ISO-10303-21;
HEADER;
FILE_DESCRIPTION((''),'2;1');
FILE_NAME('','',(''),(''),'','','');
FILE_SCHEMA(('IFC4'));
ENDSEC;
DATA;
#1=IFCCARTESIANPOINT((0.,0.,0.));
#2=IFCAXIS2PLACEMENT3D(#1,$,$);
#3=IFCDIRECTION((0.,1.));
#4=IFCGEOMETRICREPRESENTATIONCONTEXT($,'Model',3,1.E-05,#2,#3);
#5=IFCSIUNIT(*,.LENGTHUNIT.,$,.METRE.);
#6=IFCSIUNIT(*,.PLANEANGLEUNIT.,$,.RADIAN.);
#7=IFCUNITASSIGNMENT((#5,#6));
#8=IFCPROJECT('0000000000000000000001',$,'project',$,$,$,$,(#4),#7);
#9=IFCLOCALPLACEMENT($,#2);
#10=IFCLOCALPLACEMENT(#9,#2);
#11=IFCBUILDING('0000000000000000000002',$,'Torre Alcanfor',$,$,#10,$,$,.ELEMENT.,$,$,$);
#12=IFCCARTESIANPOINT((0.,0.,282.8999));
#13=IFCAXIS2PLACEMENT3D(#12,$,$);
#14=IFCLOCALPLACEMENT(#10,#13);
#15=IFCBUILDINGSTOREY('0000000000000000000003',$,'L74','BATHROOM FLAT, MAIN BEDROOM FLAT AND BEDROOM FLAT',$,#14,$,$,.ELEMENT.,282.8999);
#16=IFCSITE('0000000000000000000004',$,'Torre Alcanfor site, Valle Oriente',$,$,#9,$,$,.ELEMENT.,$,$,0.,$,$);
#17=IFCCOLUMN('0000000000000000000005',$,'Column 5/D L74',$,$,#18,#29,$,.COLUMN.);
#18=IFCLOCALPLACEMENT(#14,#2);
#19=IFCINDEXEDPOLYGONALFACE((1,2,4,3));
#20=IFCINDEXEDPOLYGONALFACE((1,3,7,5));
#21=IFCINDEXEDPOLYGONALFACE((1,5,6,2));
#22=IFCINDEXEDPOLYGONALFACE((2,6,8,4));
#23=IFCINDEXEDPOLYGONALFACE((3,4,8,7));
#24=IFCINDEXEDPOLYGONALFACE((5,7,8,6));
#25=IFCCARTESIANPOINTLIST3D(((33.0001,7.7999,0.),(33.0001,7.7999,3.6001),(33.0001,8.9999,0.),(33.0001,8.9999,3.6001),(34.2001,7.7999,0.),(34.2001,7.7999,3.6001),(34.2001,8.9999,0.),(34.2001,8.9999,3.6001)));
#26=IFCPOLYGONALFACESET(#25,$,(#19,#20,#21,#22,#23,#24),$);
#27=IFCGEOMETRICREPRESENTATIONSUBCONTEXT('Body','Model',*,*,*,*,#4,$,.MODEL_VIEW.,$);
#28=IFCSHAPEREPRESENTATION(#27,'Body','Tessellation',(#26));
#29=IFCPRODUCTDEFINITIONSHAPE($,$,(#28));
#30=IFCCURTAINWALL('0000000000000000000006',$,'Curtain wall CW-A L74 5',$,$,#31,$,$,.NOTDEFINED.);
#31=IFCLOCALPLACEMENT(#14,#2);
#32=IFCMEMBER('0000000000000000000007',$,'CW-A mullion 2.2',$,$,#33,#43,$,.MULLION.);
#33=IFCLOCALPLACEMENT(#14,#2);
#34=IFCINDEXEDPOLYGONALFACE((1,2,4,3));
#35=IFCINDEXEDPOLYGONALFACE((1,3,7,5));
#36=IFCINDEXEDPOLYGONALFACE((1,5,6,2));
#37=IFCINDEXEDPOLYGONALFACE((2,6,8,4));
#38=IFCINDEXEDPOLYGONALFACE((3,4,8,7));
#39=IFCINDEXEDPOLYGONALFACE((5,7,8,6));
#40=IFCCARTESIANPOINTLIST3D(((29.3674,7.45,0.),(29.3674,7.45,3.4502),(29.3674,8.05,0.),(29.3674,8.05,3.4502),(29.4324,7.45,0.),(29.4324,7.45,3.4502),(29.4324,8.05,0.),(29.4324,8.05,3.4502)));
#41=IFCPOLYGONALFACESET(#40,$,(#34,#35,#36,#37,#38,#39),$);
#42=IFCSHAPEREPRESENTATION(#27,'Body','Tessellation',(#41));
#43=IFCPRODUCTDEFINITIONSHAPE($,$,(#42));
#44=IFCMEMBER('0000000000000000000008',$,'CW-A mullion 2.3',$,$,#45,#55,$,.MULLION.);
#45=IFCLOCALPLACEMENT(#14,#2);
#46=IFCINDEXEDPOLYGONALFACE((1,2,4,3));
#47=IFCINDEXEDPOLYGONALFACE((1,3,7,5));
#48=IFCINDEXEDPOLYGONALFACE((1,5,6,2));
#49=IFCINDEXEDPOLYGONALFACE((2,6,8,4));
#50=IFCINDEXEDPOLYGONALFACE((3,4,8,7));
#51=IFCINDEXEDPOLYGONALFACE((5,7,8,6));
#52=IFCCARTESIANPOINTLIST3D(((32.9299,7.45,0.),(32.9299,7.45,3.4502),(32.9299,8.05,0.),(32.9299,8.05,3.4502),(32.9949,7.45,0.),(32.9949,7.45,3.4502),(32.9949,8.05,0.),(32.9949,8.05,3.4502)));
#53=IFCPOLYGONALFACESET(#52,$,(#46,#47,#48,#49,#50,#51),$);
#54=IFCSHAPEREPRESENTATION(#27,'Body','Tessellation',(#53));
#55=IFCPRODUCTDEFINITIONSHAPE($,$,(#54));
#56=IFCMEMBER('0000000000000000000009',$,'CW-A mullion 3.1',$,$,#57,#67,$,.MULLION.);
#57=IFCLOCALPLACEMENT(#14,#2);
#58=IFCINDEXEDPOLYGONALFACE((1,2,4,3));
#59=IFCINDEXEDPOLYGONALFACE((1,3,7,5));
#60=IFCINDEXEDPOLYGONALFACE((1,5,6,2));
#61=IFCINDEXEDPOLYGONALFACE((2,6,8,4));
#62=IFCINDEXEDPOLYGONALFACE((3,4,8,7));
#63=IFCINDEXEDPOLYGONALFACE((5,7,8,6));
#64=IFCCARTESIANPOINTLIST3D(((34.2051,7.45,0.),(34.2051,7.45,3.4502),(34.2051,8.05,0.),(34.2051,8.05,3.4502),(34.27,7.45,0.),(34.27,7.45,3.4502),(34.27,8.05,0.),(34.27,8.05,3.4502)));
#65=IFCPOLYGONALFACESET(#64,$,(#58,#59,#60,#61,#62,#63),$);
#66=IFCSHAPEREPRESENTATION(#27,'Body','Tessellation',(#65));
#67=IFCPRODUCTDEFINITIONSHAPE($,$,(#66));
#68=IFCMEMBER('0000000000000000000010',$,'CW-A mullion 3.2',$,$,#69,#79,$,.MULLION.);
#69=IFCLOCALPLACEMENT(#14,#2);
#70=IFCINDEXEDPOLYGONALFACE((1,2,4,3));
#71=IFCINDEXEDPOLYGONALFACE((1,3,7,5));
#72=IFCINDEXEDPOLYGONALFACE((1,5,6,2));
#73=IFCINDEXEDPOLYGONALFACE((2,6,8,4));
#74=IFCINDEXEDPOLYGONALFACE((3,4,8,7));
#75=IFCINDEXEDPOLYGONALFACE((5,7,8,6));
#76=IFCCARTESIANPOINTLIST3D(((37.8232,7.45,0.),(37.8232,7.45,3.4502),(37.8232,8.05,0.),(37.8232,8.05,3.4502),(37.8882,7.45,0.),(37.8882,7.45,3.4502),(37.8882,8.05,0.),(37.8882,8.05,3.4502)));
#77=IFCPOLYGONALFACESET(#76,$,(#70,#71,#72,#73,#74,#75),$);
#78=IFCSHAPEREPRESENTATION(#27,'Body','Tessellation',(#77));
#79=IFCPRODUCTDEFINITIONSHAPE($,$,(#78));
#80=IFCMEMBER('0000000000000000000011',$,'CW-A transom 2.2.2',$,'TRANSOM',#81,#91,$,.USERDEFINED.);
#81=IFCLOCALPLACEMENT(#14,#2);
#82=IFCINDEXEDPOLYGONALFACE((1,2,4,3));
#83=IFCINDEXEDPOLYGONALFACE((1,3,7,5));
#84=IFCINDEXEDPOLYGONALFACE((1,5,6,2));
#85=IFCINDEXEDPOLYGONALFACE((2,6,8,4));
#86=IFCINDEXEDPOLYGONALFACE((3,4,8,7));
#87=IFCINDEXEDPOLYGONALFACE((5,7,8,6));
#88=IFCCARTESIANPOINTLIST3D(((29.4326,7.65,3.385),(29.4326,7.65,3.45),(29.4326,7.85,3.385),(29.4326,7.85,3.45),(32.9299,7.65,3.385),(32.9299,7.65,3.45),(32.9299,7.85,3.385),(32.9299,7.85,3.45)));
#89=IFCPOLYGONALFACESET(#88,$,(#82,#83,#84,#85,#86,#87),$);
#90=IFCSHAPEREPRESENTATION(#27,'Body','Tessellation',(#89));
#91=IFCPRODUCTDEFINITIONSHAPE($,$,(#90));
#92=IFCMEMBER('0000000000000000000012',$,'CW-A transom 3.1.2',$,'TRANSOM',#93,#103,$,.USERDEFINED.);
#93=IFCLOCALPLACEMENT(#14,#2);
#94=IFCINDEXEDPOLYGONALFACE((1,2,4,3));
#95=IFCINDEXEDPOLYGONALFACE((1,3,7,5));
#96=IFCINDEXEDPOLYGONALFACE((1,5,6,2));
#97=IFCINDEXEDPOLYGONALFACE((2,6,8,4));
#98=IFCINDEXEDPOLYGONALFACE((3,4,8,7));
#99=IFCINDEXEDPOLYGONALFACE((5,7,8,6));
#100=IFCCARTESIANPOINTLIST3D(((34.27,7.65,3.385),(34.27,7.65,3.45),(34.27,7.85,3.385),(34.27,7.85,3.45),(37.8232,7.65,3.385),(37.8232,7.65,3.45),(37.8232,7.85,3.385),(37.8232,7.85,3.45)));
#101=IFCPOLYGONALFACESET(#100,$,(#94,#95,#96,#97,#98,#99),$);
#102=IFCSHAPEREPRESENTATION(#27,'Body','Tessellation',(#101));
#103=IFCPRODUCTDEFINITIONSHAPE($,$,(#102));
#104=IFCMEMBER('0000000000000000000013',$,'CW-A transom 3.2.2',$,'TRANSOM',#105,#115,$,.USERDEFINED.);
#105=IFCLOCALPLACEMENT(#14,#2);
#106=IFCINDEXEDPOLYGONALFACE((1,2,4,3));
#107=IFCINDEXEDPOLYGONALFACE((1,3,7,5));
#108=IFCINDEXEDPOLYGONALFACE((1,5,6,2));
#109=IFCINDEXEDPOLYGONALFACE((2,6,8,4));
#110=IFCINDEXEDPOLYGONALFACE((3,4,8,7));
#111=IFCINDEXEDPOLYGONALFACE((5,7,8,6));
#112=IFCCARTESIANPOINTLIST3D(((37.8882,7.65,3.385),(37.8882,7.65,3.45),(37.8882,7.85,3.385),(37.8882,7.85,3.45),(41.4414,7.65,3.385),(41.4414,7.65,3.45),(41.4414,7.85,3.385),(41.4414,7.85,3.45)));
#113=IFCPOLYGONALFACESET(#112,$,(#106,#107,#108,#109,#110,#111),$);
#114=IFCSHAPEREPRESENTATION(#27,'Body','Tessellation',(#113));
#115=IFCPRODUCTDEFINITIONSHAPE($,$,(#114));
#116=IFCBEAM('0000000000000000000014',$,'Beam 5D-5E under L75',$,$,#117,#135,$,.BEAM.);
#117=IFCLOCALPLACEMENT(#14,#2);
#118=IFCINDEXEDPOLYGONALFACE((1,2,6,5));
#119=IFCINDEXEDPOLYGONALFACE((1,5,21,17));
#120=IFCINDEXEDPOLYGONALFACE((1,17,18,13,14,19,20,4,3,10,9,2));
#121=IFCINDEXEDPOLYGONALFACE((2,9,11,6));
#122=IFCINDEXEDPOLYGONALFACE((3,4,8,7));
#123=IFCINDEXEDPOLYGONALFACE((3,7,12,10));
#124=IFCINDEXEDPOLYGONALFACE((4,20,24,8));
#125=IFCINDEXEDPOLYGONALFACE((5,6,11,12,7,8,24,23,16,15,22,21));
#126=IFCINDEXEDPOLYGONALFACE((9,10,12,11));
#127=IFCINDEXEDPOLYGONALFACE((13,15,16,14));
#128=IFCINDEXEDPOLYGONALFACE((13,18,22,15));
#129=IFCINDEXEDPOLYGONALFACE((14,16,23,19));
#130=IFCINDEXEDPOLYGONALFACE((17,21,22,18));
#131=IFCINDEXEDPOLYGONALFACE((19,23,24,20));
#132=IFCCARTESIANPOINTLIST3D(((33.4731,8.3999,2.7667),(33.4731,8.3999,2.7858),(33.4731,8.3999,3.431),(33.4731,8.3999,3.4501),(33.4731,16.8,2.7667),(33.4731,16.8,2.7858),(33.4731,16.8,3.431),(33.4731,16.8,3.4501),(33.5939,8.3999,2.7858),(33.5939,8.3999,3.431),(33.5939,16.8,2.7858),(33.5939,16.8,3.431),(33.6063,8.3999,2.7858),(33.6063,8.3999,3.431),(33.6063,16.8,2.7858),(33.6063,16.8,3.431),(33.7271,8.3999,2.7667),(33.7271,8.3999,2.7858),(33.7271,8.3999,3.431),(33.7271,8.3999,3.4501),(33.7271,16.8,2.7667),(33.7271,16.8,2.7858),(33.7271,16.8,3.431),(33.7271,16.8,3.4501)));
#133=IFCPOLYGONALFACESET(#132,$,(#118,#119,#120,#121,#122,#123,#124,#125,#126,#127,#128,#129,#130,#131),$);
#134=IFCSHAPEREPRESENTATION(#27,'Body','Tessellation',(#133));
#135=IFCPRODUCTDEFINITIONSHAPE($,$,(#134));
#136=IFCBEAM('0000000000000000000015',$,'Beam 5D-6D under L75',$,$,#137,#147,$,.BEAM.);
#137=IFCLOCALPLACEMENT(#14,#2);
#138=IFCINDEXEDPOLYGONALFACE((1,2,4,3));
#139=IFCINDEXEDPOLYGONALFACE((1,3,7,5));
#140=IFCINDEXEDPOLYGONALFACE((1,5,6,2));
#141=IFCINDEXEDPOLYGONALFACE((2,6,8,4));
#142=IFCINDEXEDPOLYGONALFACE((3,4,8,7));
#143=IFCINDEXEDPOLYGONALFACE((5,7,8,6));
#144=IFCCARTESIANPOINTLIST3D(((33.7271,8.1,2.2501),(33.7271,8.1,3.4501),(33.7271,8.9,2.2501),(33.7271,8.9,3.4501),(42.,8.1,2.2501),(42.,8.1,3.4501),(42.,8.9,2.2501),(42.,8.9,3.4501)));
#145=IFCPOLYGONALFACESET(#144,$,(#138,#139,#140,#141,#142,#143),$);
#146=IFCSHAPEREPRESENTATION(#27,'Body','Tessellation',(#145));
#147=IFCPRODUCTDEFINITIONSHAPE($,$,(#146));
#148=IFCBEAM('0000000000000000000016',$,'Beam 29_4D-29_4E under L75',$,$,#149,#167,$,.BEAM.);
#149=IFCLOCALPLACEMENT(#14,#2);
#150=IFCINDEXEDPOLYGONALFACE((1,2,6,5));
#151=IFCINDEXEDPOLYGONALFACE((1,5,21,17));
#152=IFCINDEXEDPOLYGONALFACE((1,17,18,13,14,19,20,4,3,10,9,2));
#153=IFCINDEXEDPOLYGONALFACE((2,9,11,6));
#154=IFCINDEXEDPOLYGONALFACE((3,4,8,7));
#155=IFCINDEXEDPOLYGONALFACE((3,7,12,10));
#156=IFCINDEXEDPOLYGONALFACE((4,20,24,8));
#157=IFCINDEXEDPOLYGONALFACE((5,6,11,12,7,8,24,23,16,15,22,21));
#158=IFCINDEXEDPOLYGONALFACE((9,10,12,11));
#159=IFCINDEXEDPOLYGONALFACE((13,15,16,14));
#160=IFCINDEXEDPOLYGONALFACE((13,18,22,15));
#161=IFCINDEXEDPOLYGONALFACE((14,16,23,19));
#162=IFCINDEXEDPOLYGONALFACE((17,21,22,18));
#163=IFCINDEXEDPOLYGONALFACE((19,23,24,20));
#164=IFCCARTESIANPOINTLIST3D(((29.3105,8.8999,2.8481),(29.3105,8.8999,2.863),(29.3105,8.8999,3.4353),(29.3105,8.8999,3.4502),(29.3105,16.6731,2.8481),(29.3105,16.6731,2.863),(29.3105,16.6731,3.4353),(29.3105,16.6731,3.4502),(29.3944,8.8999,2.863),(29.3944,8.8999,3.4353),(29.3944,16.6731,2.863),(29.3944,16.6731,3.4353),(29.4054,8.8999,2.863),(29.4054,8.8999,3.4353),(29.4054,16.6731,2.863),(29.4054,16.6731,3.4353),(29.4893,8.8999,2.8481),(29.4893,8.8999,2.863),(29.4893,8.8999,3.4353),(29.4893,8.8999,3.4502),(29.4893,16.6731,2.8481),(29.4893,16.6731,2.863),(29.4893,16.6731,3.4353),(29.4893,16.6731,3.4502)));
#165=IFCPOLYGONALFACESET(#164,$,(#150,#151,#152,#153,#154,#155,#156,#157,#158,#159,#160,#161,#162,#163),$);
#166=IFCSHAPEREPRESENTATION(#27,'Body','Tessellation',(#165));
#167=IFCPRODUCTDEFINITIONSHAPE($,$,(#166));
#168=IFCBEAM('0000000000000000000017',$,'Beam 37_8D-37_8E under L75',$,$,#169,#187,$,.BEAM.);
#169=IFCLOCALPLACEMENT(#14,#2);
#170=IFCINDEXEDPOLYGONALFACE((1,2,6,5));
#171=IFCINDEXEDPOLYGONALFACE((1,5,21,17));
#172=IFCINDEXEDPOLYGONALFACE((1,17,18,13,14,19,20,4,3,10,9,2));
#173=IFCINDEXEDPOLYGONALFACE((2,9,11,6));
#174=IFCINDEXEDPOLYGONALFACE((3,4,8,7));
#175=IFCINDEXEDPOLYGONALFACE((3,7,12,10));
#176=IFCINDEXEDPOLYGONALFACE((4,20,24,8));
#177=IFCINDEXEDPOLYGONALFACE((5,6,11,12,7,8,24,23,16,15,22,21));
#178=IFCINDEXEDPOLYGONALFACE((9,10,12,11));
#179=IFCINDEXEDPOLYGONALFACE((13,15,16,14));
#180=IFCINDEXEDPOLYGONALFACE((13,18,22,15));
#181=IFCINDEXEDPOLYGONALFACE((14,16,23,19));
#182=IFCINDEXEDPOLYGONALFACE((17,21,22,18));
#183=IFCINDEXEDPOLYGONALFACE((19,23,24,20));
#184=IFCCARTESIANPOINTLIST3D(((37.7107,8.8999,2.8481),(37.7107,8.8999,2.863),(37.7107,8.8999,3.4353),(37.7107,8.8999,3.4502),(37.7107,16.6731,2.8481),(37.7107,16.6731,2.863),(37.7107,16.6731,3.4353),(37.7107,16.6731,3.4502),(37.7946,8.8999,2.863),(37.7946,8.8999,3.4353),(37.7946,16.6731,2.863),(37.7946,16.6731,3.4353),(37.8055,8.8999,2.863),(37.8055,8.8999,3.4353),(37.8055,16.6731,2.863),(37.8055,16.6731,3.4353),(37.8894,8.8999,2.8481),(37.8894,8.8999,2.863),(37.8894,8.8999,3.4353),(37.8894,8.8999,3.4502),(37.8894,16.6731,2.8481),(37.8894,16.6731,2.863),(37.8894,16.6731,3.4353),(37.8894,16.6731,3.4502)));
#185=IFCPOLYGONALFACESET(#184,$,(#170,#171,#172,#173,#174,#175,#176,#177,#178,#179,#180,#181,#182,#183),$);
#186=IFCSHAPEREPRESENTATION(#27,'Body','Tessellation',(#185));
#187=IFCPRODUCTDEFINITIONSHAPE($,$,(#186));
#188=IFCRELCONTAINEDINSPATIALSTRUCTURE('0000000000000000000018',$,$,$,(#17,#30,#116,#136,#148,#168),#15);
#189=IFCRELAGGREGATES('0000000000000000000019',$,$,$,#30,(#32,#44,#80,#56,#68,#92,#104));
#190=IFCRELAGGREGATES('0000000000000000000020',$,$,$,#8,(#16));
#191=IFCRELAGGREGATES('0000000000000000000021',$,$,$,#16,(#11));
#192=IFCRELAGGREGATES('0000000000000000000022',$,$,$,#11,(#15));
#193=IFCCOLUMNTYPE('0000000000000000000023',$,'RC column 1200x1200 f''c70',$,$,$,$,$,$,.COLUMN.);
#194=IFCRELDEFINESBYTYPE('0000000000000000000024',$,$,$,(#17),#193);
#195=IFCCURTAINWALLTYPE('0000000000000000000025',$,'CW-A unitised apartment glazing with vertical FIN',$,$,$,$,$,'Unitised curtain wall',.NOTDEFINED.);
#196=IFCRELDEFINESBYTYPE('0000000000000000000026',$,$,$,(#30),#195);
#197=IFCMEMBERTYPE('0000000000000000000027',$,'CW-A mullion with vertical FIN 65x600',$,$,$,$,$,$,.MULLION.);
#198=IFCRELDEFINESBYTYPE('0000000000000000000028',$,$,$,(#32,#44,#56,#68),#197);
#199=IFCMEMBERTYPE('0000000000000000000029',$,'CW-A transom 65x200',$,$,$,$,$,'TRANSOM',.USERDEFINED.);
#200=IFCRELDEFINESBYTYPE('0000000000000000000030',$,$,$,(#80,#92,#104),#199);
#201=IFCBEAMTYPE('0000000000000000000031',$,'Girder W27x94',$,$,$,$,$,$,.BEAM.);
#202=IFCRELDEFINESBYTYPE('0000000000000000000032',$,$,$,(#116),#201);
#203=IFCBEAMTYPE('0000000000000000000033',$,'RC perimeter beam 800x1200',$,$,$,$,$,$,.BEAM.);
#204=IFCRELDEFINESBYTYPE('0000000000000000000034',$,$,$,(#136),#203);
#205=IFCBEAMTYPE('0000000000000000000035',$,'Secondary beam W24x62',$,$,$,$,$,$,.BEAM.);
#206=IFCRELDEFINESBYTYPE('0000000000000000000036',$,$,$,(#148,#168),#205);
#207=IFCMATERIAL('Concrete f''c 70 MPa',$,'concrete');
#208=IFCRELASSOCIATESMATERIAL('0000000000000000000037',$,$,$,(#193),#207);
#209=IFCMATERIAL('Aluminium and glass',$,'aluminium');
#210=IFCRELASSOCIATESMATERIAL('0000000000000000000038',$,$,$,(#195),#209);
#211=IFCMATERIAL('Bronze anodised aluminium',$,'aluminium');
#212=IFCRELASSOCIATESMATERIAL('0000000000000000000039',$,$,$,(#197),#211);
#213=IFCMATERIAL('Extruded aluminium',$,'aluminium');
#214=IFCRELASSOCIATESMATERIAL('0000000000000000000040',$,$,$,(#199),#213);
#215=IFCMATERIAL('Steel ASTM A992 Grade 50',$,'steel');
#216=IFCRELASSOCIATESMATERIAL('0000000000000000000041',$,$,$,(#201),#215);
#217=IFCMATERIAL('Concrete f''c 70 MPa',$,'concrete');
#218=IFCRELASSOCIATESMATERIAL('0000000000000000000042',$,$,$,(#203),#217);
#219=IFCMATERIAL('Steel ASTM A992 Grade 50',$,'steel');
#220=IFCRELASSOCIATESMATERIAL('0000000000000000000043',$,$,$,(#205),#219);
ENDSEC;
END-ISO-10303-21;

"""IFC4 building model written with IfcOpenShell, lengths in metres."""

from ifc_helpers import new_model, si_unit, direction, frame, origin, origin_2d, place, context, subcontext, project, spatial, rectangle, i_section, extrude, material, material_profile, profile_set, type_object, element, aggregate, save


model = new_model("IFC4")

# Units and contexts
model_context = context("Model", 3, precision=1e-05, world=origin(), true_north=direction((0.0, 1.0)))
body_context = subcontext(model_context, "Body", "Model", "MODEL_VIEW")
ifc_project = project(units=[si_unit("LENGTHUNIT", "METRE"), si_unit("PLANEANGLEUNIT", "RADIAN")], contexts=[model_context])

# Site, building, storey
site_placement = place(None, origin())
site = spatial("IfcSite", under=ifc_project, at=site_placement, Name="Torre Alcanfor site, Valle Oriente", CompositionType="ELEMENT", RefElevation=0.0)
building_placement = place(site_placement, origin())
building = spatial("IfcBuilding", under=site, at=building_placement, Name="Torre Alcanfor", CompositionType="ELEMENT")
storey_placement = place(building_placement, frame((0.0, 0.0, 282.8999)))
storey = spatial("IfcBuildingStorey", under=building, at=storey_placement, Name="L74", Description="BATHROOM FLAT, MAIN BEDROOM FLAT AND BEDROOM FLAT", CompositionType="ELEMENT", Elevation=282.8999)

# Column
ifc_material_1 = material(Name="Concrete f'c 70 MPa", Category="concrete")
ifc_material_profile_1 = material_profile(ifc_material_1, rectangle(XDim=1.2, YDim=1.2, at=origin_2d()), Name="1200x1200")
ifc_profile_set_1 = profile_set([ifc_material_profile_1], Name="Concrete f'c 70 MPa")
column_type = type_object("IfcColumnType", Name="RC column 1200x1200 f'c70", PredefinedType="COLUMN", material=ifc_profile_set_1)
column_placement = place(storey_placement, frame((33.6001, 8.3999, 0.0), z_axis=(0.0, 0.0, 1.0), x_axis=(1.0, 0.0, 0.0)))
element("IfcColumn", 1, at=column_placement, inside=storey, type_object=column_type, Name="Column 5/D L74", PredefinedType="COLUMN", context=body_context, shape_type="SweptSolid", body=[
    extrude(rectangle(XDim=1.2, YDim=1.2, at=origin_2d()), origin(), (0.0, 0.0, 1.0), 3.6001),
])

# Curtain wall, members
ifc_material_2 = material(Name="Aluminium and glass", Category="aluminium")
curtain_wall_type = type_object("IfcCurtainWallType", Name="CW-A unitised apartment glazing with vertical FIN", ElementType="Unitised curtain wall", PredefinedType="NOTDEFINED", material=ifc_material_2)
curtain_wall_placement = place(storey_placement, origin())
curtain_wall = element("IfcCurtainWall", 2, at=curtain_wall_placement, inside=storey, type_object=curtain_wall_type, Name="Curtain wall CW-A L74 5", PredefinedType="NOTDEFINED")
ifc_material_3 = material(Name="Bronze anodised aluminium", Category="aluminium")
ifc_material_profile_2 = material_profile(ifc_material_3, rectangle(XDim=0.6001, YDim=0.0649, at=origin_2d()), Name="CW-A mullion 65x600")
ifc_profile_set_2 = profile_set([ifc_material_profile_2], Name="Bronze anodised aluminium")
member_type_1 = type_object("IfcMemberType", Name="CW-A mullion with vertical FIN 65x600", PredefinedType="MULLION", material=ifc_profile_set_2)
member_1_placement = place(storey_placement, frame((29.3999, 7.75, 0.0), z_axis=(0.0, 0.0, 1.0), x_axis=(0.0, 1.0, 0.0)))
member_1 = element("IfcMember", 3, at=member_1_placement, type_object=member_type_1, Name="CW-A mullion 2.2", PredefinedType="MULLION", context=body_context, shape_type="SweptSolid", body=[
    extrude(rectangle(XDim=0.6001, YDim=0.0649, at=origin_2d()), origin(), (0.0, 0.0, 1.0), 3.4502),
])
member_2_placement = place(storey_placement, frame((32.9624, 7.75, 0.0), z_axis=(0.0, 0.0, 1.0), x_axis=(0.0, 1.0, 0.0)))
member_2 = element("IfcMember", 4, at=member_2_placement, type_object=member_type_1, Name="CW-A mullion 2.3", PredefinedType="MULLION", context=body_context, shape_type="SweptSolid", body=[
    extrude(rectangle(XDim=0.6001, YDim=0.0649, at=origin_2d()), origin(), (0.0, 0.0, 1.0), 3.4502),
])
member_3_placement = place(storey_placement, frame((34.2375, 7.75, 0.0), z_axis=(0.0, 0.0, 1.0), x_axis=(0.0, 1.0, 0.0)))
member_3 = element("IfcMember", 5, at=member_3_placement, type_object=member_type_1, Name="CW-A mullion 3.1", PredefinedType="MULLION", context=body_context, shape_type="SweptSolid", body=[
    extrude(rectangle(XDim=0.6001, YDim=0.0649, at=origin_2d()), origin(), (0.0, 0.0, 1.0), 3.4502),
])
member_4_placement = place(storey_placement, frame((37.8557, 7.75, 0.0), z_axis=(0.0, 0.0, 1.0), x_axis=(0.0, 1.0, 0.0)))
member_4 = element("IfcMember", 6, at=member_4_placement, type_object=member_type_1, Name="CW-A mullion 3.2", PredefinedType="MULLION", context=body_context, shape_type="SweptSolid", body=[
    extrude(rectangle(XDim=0.6001, YDim=0.0649, at=origin_2d()), origin(), (0.0, 0.0, 1.0), 3.4502),
])
ifc_material_4 = material(Name="Extruded aluminium", Category="aluminium")
ifc_material_profile_3 = material_profile(ifc_material_4, rectangle(XDim=0.2, YDim=0.0649, at=origin_2d()), Name="CW-A transom 200x65")
ifc_profile_set_3 = profile_set([ifc_material_profile_3], Name="Extruded aluminium")
member_type_2 = type_object("IfcMemberType", Name="CW-A transom 65x200", ElementType="TRANSOM", PredefinedType="USERDEFINED", material=ifc_profile_set_3)
member_5_placement = place(storey_placement, frame((29.4326, 7.75, 3.4175), z_axis=(1.0, 0.0, 0.0), x_axis=(0.0, 1.0, 0.0)))
member_5 = element("IfcMember", 7, at=member_5_placement, type_object=member_type_2, Name="CW-A transom 2.2.2", ObjectType="TRANSOM", PredefinedType="USERDEFINED", context=body_context, shape_type="SweptSolid", body=[
    extrude(rectangle(XDim=0.2, YDim=0.0649, at=origin_2d()), origin(), (0.0, 0.0, 1.0), 3.4973),
])
member_6_placement = place(storey_placement, frame((34.27, 7.75, 3.4175), z_axis=(1.0, 0.0, 0.0), x_axis=(0.0, 1.0, 0.0)))
member_6 = element("IfcMember", 8, at=member_6_placement, type_object=member_type_2, Name="CW-A transom 3.1.2", ObjectType="TRANSOM", PredefinedType="USERDEFINED", context=body_context, shape_type="SweptSolid", body=[
    extrude(rectangle(XDim=0.2, YDim=0.0649, at=origin_2d()), origin(), (0.0, 0.0, 1.0), 3.5532),
])
member_7_placement = place(storey_placement, frame((37.8882, 7.75, 3.4175), z_axis=(1.0, 0.0, 0.0), x_axis=(0.0, 1.0, 0.0)))
member_7 = element("IfcMember", 9, at=member_7_placement, type_object=member_type_2, Name="CW-A transom 3.2.2", ObjectType="TRANSOM", PredefinedType="USERDEFINED", context=body_context, shape_type="SweptSolid", body=[
    extrude(rectangle(XDim=0.2, YDim=0.0649, at=origin_2d()), origin(), (0.0, 0.0, 1.0), 3.5532),
])

# Beams
ifc_material_5 = material(Name="Steel ASTM A992 Grade 50", Category="steel")
ifc_material_profile_4 = material_profile(ifc_material_5, i_section(OverallWidth=0.2539, OverallDepth=0.6833, WebThickness=0.0125, FlangeThickness=0.019, at=origin_2d()), Name="W27x94")
ifc_profile_set_4 = profile_set([ifc_material_profile_4], Name="Steel ASTM A992 Grade 50")
beam_type_1 = type_object("IfcBeamType", Name="Girder W27x94", PredefinedType="BEAM", material=ifc_profile_set_4)
beam_1_placement = place(storey_placement, frame((33.6001, 8.3999, 3.1084), z_axis=(0.0, 1.0, 0.0), x_axis=(-1.0, 0.0, 0.0)))
element("IfcBeam", 10, at=beam_1_placement, inside=storey, type_object=beam_type_1, Name="Beam 5D-5E under L75", PredefinedType="BEAM", context=body_context, shape_type="SweptSolid", body=[
    extrude(i_section(OverallWidth=0.2539, OverallDepth=0.6833, WebThickness=0.0125, FlangeThickness=0.019, at=origin_2d()), origin(), (0.0, 0.0, 1.0), 8.4001),
])
ifc_material_6 = material(Name="Concrete f'c 70 MPa", Category="concrete")
ifc_material_profile_5 = material_profile(ifc_material_6, rectangle(XDim=0.8, YDim=1.2, at=origin_2d()), Name="800x1200")
ifc_profile_set_5 = profile_set([ifc_material_profile_5], Name="Concrete f'c 70 MPa")
beam_type_2 = type_object("IfcBeamType", Name="RC perimeter beam 800x1200", PredefinedType="BEAM", material=ifc_profile_set_5)
beam_2_placement = place(storey_placement, frame((33.7271, 8.5, 2.8501), z_axis=(1.0, 0.0, 0.0), x_axis=(0.0, 1.0, 0.0)))
element("IfcBeam", 11, at=beam_2_placement, inside=storey, type_object=beam_type_2, Name="Beam 5D-6D under L75", PredefinedType="BEAM", context=body_context, shape_type="SweptSolid", body=[
    extrude(rectangle(XDim=0.8, YDim=1.2, at=origin_2d()), origin(), (0.0, 0.0, 1.0), 8.2729),
])
ifc_material_7 = material(Name="Steel ASTM A992 Grade 50", Category="steel")
ifc_material_profile_6 = material_profile(ifc_material_7, i_section(OverallWidth=0.1787, OverallDepth=0.6021, WebThickness=0.011, FlangeThickness=0.0149, at=origin_2d()), Name="W24x62")
ifc_profile_set_6 = profile_set([ifc_material_profile_6], Name="Steel ASTM A992 Grade 50")
beam_type_3 = type_object("IfcBeamType", Name="Secondary beam W24x62", PredefinedType="BEAM", material=ifc_profile_set_6)
for number, where, z_axis, x_axis, name in (
    (12, (29.3999, 8.8999, 3.1492), (0.0, 1.0, 0.0), (-1.0, 0.0, 0.0), "Beam 29_4D-29_4E under L75"),
    (13, (37.8, 8.8999, 3.1492), (0.0, 1.0, 0.0), (-1.0, 0.0, 0.0), "Beam 37_8D-37_8E under L75"),
):
    element("IfcBeam", number, at=place(storey_placement, frame(where, z_axis=z_axis, x_axis=x_axis)), inside=storey, type_object=beam_type_3, Name=name, PredefinedType="BEAM", context=body_context, shape_type="SweptSolid", body=[
        extrude(i_section(OverallWidth=0.1787, OverallDepth=0.6021, WebThickness=0.011, FlangeThickness=0.0149, at=origin_2d()), origin(), (0.0, 0.0, 1.0), 7.7732),
    ])

aggregate(curtain_wall, [member_1, member_2, member_5, member_3, member_4, member_6, member_7])

save(model, "model.ifc")
